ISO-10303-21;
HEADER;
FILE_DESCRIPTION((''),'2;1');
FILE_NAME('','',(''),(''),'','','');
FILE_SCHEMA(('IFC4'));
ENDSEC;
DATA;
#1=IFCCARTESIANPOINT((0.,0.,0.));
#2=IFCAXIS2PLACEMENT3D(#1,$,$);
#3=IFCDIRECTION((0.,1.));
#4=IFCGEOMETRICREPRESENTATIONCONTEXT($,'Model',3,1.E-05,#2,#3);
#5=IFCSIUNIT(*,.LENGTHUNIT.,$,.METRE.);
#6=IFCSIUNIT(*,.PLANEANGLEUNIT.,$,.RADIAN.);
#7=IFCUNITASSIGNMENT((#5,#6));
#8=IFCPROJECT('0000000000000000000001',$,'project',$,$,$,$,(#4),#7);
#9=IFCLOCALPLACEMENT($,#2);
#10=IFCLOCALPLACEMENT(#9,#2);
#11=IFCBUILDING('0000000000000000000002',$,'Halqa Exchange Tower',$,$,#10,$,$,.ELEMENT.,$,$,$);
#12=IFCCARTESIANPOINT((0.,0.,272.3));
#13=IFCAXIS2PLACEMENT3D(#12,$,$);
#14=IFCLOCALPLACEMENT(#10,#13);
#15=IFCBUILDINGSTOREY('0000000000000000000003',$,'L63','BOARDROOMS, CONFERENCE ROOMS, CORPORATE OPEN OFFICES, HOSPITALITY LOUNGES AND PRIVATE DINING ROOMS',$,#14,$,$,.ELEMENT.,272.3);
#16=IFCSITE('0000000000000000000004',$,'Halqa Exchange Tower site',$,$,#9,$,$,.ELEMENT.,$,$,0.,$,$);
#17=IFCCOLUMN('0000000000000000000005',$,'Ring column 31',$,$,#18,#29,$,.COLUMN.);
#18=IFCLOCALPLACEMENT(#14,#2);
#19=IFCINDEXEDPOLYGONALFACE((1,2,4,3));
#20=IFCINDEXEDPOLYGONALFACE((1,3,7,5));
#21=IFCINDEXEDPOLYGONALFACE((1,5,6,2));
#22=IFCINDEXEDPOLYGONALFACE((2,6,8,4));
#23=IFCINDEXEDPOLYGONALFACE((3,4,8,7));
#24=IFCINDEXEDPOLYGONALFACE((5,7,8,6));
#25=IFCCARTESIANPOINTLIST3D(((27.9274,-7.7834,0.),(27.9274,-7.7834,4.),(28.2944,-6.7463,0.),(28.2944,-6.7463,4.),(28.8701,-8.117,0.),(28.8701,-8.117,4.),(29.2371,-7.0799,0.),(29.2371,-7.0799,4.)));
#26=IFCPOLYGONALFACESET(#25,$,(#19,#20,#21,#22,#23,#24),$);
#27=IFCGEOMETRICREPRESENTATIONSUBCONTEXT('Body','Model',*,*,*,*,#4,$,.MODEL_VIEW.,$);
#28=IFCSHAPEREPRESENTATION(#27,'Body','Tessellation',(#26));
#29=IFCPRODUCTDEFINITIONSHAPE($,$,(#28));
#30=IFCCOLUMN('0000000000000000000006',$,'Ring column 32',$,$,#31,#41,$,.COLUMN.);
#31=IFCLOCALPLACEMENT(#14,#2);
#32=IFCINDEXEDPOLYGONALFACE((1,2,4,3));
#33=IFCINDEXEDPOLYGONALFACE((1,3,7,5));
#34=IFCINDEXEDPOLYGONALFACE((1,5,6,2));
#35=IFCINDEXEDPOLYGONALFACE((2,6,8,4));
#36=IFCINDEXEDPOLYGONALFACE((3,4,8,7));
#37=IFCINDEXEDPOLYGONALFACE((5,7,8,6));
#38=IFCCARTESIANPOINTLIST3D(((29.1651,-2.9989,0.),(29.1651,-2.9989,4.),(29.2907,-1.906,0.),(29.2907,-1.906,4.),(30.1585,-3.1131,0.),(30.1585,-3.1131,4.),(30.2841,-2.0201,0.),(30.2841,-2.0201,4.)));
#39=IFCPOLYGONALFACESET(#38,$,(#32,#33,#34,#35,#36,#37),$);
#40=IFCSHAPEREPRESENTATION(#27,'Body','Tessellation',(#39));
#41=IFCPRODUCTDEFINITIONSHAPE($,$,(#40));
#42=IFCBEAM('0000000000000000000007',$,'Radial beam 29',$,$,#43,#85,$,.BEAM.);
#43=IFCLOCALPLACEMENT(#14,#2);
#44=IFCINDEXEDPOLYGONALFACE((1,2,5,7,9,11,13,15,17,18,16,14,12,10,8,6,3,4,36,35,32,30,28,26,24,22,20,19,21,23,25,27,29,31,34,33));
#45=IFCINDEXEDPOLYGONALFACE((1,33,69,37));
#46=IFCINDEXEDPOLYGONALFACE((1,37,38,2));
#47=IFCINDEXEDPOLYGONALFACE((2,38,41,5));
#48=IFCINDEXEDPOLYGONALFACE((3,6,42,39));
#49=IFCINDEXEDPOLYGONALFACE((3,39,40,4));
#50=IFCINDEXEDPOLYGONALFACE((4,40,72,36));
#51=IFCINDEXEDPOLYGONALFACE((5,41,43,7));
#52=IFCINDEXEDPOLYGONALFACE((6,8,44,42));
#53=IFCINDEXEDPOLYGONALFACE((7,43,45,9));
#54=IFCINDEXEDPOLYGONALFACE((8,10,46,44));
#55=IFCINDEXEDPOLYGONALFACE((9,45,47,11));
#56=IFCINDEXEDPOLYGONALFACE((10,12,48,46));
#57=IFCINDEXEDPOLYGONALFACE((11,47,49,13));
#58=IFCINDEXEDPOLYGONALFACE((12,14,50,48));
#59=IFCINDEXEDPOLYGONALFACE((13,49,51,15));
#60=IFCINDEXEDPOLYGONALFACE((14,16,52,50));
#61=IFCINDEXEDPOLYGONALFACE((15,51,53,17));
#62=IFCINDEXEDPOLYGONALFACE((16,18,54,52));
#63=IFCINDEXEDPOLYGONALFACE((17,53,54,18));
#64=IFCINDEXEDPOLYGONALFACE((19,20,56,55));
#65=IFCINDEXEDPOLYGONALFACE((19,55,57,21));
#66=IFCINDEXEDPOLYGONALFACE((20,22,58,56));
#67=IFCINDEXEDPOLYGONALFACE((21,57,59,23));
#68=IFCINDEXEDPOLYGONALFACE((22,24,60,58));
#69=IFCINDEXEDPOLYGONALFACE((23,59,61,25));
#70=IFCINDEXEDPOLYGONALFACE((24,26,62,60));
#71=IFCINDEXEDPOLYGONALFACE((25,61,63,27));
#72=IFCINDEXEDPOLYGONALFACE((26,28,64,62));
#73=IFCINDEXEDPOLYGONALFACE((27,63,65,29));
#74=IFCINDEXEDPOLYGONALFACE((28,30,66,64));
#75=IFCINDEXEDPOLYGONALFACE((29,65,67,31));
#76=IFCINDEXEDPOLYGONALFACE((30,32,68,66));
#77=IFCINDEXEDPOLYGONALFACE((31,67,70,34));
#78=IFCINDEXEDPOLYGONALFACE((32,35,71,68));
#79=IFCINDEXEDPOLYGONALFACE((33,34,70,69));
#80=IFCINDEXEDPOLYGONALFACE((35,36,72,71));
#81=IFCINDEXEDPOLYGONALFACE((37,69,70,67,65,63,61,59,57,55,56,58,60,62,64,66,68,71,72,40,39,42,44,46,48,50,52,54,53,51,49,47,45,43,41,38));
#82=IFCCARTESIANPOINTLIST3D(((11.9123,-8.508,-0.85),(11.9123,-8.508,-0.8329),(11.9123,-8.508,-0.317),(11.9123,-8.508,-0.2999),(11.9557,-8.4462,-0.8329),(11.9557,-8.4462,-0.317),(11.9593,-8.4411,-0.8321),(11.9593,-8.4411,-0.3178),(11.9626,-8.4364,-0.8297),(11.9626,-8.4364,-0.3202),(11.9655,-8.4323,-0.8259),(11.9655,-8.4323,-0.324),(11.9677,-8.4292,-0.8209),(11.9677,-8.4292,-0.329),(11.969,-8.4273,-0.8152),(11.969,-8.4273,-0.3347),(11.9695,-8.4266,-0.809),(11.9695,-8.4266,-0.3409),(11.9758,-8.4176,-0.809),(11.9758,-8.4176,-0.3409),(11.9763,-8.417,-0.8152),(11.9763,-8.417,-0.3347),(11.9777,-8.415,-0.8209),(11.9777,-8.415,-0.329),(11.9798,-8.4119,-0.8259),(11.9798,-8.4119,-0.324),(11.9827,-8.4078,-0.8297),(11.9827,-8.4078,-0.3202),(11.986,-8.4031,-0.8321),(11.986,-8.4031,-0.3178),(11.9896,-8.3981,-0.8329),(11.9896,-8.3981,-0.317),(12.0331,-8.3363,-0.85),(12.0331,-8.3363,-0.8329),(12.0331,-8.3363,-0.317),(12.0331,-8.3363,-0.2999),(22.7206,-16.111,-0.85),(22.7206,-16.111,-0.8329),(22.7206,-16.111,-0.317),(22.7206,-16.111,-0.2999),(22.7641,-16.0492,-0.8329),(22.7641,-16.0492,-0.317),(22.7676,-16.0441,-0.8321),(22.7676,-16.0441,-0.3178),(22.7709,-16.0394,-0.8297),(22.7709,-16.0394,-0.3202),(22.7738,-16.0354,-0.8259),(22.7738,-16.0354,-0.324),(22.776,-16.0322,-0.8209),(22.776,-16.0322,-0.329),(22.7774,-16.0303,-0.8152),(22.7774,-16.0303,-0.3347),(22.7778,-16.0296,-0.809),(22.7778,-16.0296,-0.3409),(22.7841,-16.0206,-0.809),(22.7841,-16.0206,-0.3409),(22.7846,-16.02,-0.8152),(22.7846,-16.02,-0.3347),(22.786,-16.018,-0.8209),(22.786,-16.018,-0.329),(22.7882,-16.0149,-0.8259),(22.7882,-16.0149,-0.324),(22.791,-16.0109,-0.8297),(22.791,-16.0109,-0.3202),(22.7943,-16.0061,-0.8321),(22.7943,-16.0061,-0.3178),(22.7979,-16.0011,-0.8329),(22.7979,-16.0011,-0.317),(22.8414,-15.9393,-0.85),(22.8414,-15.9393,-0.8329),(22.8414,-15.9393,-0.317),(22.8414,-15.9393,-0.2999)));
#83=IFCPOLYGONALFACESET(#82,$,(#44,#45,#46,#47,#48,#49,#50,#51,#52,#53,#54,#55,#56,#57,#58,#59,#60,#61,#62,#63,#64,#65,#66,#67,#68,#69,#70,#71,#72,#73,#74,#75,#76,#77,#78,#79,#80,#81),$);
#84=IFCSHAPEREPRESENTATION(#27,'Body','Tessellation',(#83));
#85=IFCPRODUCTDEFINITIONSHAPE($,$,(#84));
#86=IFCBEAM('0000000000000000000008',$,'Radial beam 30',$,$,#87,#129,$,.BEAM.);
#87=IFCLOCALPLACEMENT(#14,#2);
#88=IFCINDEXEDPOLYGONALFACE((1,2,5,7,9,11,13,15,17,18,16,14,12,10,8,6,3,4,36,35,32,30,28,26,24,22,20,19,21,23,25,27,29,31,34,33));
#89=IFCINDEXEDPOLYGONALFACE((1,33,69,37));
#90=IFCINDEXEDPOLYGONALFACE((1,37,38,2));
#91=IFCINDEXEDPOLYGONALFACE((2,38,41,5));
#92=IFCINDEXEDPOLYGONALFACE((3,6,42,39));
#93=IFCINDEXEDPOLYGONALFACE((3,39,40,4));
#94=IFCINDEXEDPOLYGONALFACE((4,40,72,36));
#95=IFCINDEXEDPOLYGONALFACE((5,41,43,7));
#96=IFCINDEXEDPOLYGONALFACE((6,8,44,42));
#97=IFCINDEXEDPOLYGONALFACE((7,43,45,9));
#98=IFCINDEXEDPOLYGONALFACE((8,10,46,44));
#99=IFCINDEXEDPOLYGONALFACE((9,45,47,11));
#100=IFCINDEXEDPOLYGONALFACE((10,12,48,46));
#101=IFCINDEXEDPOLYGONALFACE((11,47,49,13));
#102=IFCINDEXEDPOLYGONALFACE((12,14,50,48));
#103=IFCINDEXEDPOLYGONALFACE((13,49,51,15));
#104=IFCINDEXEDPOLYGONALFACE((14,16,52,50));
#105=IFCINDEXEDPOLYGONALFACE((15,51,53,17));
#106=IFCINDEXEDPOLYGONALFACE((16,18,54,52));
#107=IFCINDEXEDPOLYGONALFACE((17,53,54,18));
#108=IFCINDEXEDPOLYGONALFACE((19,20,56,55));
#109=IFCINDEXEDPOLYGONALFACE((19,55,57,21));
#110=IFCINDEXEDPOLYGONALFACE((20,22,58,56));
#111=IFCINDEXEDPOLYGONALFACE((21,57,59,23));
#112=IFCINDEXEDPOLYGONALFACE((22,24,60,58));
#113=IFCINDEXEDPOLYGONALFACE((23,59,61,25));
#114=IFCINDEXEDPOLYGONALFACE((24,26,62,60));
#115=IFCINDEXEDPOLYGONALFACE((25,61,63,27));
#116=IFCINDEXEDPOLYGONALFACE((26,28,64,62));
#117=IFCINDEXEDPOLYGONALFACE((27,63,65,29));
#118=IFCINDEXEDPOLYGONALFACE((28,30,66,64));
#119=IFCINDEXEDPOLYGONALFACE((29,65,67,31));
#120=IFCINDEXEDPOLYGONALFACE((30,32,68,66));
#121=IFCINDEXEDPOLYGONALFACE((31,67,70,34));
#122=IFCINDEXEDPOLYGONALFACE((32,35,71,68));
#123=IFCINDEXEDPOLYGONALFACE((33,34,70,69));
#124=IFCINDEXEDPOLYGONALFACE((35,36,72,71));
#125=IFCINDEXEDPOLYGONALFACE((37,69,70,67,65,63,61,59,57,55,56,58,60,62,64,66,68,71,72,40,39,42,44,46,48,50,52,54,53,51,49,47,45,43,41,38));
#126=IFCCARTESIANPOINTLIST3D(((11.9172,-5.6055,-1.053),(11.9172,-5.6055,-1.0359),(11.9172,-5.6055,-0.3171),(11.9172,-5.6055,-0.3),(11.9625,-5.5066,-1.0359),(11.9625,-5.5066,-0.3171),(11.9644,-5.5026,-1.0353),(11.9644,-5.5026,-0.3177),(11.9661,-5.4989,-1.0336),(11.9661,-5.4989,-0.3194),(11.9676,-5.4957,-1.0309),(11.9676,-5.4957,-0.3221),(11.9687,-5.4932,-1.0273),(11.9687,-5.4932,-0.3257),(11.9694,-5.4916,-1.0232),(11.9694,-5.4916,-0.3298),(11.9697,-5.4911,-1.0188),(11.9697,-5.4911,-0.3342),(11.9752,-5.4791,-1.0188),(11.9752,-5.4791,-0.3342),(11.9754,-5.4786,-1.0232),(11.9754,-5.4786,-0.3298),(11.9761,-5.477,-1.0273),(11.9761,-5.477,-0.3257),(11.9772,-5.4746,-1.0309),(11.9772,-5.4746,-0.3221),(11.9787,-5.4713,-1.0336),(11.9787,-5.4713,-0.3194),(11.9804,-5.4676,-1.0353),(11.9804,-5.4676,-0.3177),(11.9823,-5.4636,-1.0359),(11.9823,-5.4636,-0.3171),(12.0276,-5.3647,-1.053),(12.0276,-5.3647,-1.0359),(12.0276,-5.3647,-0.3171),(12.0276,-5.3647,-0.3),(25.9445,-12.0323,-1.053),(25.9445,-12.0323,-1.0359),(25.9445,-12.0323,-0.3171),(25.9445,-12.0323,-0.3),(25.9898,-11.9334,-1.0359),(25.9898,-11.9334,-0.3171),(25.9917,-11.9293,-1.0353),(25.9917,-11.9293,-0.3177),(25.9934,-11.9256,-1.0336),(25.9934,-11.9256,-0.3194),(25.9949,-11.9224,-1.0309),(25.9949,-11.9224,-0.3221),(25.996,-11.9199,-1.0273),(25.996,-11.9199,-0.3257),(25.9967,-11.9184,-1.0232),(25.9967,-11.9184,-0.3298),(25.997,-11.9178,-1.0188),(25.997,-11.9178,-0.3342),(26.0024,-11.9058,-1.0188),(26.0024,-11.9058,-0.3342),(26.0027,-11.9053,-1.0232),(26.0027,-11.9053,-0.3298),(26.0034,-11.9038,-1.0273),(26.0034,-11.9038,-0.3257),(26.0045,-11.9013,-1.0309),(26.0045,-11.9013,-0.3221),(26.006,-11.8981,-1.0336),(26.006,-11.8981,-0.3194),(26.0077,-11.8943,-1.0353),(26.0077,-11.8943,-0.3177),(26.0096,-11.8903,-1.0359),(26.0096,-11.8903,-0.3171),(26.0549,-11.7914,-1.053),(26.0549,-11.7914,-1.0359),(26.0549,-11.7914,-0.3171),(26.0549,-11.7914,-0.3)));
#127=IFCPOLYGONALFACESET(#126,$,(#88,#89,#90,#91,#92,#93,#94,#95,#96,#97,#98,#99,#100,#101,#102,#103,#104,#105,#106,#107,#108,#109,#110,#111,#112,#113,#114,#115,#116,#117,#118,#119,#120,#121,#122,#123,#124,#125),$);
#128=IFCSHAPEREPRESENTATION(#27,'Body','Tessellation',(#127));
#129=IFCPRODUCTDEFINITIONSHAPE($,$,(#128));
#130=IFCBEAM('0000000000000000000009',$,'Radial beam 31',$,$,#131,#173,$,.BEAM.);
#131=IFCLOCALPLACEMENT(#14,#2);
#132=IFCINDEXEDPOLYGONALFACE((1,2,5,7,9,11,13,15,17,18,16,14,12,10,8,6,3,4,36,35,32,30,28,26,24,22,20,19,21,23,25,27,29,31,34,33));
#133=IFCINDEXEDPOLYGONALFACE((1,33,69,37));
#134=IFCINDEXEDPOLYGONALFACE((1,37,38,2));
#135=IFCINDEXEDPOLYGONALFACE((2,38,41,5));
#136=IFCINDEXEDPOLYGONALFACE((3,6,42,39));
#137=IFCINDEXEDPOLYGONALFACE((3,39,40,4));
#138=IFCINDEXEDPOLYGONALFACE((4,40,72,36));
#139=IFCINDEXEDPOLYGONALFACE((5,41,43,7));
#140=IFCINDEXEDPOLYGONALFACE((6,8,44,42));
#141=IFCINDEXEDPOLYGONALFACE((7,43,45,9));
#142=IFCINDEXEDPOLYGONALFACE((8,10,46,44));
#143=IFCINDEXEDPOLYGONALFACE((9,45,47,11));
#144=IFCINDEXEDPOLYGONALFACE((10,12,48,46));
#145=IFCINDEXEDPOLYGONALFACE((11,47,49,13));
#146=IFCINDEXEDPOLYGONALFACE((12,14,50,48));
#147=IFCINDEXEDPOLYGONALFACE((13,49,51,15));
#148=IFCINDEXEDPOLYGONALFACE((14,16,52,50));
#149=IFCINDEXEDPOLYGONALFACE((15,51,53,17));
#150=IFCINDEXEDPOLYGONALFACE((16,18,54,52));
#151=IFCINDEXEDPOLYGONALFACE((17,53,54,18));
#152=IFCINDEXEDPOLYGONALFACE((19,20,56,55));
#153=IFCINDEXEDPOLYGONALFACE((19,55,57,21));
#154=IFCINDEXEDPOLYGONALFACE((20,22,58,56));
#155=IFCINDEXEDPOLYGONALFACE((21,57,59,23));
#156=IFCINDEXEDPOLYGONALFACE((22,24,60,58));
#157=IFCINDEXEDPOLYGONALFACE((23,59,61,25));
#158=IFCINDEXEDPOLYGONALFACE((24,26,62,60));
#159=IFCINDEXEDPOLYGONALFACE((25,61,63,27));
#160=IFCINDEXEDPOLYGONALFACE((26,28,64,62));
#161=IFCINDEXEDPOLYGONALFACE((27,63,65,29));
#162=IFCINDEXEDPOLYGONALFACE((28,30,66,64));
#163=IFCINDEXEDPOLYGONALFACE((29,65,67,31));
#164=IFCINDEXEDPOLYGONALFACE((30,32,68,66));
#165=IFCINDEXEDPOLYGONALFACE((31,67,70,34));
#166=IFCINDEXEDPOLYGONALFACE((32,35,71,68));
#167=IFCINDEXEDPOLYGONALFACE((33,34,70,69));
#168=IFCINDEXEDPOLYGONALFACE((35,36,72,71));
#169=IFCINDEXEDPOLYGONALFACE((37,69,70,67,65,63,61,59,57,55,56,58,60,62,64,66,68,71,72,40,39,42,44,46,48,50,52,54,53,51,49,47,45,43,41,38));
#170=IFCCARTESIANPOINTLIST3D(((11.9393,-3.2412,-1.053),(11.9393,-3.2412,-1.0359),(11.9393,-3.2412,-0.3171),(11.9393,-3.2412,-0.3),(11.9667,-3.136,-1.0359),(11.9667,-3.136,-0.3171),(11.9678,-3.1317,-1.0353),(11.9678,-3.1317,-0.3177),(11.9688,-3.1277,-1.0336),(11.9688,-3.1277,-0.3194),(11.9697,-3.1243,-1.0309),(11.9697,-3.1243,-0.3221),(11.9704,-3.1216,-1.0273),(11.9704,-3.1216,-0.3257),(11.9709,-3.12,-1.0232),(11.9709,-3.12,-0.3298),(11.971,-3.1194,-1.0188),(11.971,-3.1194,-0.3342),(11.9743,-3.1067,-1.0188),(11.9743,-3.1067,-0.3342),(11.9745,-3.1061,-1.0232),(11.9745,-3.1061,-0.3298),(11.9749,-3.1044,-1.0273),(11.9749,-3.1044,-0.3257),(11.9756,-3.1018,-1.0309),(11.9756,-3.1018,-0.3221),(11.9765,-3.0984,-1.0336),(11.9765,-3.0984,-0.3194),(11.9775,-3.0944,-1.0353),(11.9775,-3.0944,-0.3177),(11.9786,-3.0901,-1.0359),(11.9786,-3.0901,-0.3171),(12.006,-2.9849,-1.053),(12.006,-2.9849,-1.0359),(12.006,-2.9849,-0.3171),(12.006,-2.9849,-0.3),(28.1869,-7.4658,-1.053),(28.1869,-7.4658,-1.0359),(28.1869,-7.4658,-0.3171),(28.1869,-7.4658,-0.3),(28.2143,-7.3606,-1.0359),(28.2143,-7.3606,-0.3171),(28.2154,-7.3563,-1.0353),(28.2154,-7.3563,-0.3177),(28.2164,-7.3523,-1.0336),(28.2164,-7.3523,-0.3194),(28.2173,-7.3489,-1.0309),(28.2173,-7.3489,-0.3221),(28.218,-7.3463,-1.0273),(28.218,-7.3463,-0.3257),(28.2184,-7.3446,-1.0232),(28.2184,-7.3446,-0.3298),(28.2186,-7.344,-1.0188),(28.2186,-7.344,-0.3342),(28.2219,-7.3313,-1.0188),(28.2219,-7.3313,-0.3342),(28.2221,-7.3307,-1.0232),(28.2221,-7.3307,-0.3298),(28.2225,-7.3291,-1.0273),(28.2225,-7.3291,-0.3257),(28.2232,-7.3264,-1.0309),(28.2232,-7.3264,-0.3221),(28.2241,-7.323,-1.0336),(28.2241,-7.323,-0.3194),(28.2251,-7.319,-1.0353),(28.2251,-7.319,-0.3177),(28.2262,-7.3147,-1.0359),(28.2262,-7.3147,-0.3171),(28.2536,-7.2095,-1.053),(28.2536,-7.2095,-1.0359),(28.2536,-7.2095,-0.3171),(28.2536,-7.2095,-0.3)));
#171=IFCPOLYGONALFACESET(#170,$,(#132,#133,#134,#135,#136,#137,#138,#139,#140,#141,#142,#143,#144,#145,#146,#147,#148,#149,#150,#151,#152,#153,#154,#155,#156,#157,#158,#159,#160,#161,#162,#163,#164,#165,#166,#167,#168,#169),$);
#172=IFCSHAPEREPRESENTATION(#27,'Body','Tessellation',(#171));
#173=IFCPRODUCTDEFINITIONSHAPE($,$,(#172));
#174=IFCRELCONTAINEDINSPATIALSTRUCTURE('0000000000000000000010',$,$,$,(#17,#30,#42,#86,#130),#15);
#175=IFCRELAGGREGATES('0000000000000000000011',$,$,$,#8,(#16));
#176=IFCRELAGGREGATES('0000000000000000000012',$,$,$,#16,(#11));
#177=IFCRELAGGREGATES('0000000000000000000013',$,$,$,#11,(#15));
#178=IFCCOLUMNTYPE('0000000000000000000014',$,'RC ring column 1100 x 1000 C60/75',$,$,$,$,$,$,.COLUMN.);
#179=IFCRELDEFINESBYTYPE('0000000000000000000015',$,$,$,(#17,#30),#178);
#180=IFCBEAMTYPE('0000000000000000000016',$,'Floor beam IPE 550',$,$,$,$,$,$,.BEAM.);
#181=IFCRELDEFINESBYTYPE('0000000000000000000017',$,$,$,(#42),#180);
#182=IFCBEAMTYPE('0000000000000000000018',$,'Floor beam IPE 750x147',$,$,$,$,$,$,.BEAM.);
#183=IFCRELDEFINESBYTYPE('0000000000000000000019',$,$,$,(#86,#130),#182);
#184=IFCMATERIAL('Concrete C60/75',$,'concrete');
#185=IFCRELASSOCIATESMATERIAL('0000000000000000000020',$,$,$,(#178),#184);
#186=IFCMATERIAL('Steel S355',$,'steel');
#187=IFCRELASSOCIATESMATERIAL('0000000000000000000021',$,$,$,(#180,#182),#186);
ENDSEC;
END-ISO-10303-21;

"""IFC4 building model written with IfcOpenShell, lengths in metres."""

from ifc_helpers import new_model, si_unit, direction, frame, origin, origin_2d, place, context, subcontext, project, spatial, rectangle, i_section, extrude, material, material_profile, profile_set, type_object, element, save


model = new_model("IFC4")

# Units and contexts
model_context = context("Model", 3, precision=1e-05, world=origin(), true_north=direction((0.0, 1.0)))
body_context = subcontext(model_context, "Body", "Model", "MODEL_VIEW")
ifc_project = project(units=[si_unit("LENGTHUNIT", "METRE"), si_unit("PLANEANGLEUNIT", "RADIAN")], contexts=[model_context])

# Site, building, storey
site_placement = place(None, origin())
site = spatial("IfcSite", under=ifc_project, at=site_placement, Name="Halqa Exchange Tower site", CompositionType="ELEMENT", RefElevation=0.0)
building_placement = place(site_placement, origin())
building = spatial("IfcBuilding", under=site, at=building_placement, Name="Halqa Exchange Tower", CompositionType="ELEMENT")
storey_placement = place(building_placement, frame((0.0, 0.0, 272.3)))
storey = spatial("IfcBuildingStorey", under=building, at=storey_placement, Name="L63", Description="BOARDROOMS, CONFERENCE ROOMS, CORPORATE OPEN OFFICES, HOSPITALITY LOUNGES AND PRIVATE DINING ROOMS", CompositionType="ELEMENT", Elevation=272.3)

# Columns
ifc_material_1 = material(Name="Concrete C60/75", Category="concrete")
ifc_material_profile_1 = material_profile(ifc_material_1, rectangle(XDim=1.1001, YDim=1.0, at=origin_2d()), Name="1100 x 1000")
ifc_profile_set_1 = profile_set([ifc_material_profile_1], Name="Concrete C60/75")
column_type = type_object("IfcColumnType", Name="RC ring column 1100 x 1000 C60/75", PredefinedType="COLUMN", material=ifc_profile_set_1)
for number, where, z_axis, x_axis, name in (
    (1, (28.5823, -7.4316, 0.0), (0.0, 0.0, 1.0), (0.333628, 0.942705, 0.0), "Ring column 31"),
    (2, (29.7246, -2.5095, 0.0), (0.0, 0.0, 1.0), (0.114155, 0.993463, 0.0), "Ring column 32"),
):
    element("IfcColumn", number, at=place(storey_placement, frame(where, z_axis=z_axis, x_axis=x_axis)), inside=storey, type_object=column_type, Name=name, PredefinedType="COLUMN", context=body_context, shape_type="SweptSolid", body=[
        extrude(rectangle(XDim=1.1001, YDim=1.0, at=origin_2d()), origin(), (0.0, 0.0, 1.0), 4.0),
    ])

# Beams
ifc_material_2 = material(Name="Steel S355", Category="steel")
ifc_material_profile_2 = material_profile(ifc_material_2, i_section(OverallWidth=0.21, OverallDepth=0.55, WebThickness=0.011, FlangeThickness=0.0171, FilletRadius=0.0239, at=origin_2d()), Name="IPE 550")
ifc_profile_set_2 = profile_set([ifc_material_profile_2], Name="Steel S355")
beam_type_1 = type_object("IfcBeamType", Name="Floor beam IPE 550", PredefinedType="BEAM", material=ifc_profile_set_2)
beam_1_placement = place(storey_placement, frame((11.9727, -8.4221, -0.575), z_axis=(0.817908, -0.575349, 0.0), x_axis=(0.575349, 0.817908, 0.0)))
element("IfcBeam", 3, at=beam_1_placement, inside=storey, type_object=beam_type_1, Name="Radial beam 29", PredefinedType="BEAM", context=body_context, shape_type="SweptSolid", body=[
    extrude(i_section(OverallWidth=0.21, OverallDepth=0.55, WebThickness=0.011, FlangeThickness=0.0171, FilletRadius=0.0239, at=origin_2d()), origin(), (0.0, 0.0, 1.0), 13.2146),
])
ifc_material_profile_3 = material_profile(ifc_material_2, i_section(OverallWidth=0.2649, OverallDepth=0.7529, WebThickness=0.0132, FlangeThickness=0.0171, FilletRadius=0.0171, at=origin_2d()), Name="IPE 750x147")
ifc_profile_set_3 = profile_set([ifc_material_profile_3], Name="Steel S355")
beam_type_2 = type_object("IfcBeamType", Name="Floor beam IPE 750x147", PredefinedType="BEAM", material=ifc_profile_set_3)
beam_2_placement = place(storey_placement, frame((11.9724, -5.4851, -0.6765), z_axis=(0.909125, -0.416524, 0.0), x_axis=(0.416524, 0.909125, 0.0)))
element("IfcBeam", 4, at=beam_2_placement, inside=storey, type_object=beam_type_2, Name="Radial beam 30", PredefinedType="BEAM", context=body_context, shape_type="SweptSolid", body=[
    extrude(i_section(OverallWidth=0.2649, OverallDepth=0.7529, WebThickness=0.0132, FlangeThickness=0.0171, FilletRadius=0.0171, at=origin_2d()), origin(), (0.0, 0.0, 1.0), 15.4294),
])
beam_3_placement = place(storey_placement, frame((11.9727, -3.113, -0.6765), z_axis=(0.967819, -0.251647, 0.0), x_axis=(0.251647, 0.967819, 0.0)))
element("IfcBeam", 5, at=beam_3_placement, inside=storey, type_object=beam_type_2, Name="Radial beam 31", PredefinedType="BEAM", context=body_context, shape_type="SweptSolid", body=[
    extrude(i_section(OverallWidth=0.2649, OverallDepth=0.7529, WebThickness=0.0132, FlangeThickness=0.0171, FilletRadius=0.0171, at=origin_2d()), origin(), (0.0, 0.0, 1.0), 16.7878),
])

save(model, "model.ifc")
